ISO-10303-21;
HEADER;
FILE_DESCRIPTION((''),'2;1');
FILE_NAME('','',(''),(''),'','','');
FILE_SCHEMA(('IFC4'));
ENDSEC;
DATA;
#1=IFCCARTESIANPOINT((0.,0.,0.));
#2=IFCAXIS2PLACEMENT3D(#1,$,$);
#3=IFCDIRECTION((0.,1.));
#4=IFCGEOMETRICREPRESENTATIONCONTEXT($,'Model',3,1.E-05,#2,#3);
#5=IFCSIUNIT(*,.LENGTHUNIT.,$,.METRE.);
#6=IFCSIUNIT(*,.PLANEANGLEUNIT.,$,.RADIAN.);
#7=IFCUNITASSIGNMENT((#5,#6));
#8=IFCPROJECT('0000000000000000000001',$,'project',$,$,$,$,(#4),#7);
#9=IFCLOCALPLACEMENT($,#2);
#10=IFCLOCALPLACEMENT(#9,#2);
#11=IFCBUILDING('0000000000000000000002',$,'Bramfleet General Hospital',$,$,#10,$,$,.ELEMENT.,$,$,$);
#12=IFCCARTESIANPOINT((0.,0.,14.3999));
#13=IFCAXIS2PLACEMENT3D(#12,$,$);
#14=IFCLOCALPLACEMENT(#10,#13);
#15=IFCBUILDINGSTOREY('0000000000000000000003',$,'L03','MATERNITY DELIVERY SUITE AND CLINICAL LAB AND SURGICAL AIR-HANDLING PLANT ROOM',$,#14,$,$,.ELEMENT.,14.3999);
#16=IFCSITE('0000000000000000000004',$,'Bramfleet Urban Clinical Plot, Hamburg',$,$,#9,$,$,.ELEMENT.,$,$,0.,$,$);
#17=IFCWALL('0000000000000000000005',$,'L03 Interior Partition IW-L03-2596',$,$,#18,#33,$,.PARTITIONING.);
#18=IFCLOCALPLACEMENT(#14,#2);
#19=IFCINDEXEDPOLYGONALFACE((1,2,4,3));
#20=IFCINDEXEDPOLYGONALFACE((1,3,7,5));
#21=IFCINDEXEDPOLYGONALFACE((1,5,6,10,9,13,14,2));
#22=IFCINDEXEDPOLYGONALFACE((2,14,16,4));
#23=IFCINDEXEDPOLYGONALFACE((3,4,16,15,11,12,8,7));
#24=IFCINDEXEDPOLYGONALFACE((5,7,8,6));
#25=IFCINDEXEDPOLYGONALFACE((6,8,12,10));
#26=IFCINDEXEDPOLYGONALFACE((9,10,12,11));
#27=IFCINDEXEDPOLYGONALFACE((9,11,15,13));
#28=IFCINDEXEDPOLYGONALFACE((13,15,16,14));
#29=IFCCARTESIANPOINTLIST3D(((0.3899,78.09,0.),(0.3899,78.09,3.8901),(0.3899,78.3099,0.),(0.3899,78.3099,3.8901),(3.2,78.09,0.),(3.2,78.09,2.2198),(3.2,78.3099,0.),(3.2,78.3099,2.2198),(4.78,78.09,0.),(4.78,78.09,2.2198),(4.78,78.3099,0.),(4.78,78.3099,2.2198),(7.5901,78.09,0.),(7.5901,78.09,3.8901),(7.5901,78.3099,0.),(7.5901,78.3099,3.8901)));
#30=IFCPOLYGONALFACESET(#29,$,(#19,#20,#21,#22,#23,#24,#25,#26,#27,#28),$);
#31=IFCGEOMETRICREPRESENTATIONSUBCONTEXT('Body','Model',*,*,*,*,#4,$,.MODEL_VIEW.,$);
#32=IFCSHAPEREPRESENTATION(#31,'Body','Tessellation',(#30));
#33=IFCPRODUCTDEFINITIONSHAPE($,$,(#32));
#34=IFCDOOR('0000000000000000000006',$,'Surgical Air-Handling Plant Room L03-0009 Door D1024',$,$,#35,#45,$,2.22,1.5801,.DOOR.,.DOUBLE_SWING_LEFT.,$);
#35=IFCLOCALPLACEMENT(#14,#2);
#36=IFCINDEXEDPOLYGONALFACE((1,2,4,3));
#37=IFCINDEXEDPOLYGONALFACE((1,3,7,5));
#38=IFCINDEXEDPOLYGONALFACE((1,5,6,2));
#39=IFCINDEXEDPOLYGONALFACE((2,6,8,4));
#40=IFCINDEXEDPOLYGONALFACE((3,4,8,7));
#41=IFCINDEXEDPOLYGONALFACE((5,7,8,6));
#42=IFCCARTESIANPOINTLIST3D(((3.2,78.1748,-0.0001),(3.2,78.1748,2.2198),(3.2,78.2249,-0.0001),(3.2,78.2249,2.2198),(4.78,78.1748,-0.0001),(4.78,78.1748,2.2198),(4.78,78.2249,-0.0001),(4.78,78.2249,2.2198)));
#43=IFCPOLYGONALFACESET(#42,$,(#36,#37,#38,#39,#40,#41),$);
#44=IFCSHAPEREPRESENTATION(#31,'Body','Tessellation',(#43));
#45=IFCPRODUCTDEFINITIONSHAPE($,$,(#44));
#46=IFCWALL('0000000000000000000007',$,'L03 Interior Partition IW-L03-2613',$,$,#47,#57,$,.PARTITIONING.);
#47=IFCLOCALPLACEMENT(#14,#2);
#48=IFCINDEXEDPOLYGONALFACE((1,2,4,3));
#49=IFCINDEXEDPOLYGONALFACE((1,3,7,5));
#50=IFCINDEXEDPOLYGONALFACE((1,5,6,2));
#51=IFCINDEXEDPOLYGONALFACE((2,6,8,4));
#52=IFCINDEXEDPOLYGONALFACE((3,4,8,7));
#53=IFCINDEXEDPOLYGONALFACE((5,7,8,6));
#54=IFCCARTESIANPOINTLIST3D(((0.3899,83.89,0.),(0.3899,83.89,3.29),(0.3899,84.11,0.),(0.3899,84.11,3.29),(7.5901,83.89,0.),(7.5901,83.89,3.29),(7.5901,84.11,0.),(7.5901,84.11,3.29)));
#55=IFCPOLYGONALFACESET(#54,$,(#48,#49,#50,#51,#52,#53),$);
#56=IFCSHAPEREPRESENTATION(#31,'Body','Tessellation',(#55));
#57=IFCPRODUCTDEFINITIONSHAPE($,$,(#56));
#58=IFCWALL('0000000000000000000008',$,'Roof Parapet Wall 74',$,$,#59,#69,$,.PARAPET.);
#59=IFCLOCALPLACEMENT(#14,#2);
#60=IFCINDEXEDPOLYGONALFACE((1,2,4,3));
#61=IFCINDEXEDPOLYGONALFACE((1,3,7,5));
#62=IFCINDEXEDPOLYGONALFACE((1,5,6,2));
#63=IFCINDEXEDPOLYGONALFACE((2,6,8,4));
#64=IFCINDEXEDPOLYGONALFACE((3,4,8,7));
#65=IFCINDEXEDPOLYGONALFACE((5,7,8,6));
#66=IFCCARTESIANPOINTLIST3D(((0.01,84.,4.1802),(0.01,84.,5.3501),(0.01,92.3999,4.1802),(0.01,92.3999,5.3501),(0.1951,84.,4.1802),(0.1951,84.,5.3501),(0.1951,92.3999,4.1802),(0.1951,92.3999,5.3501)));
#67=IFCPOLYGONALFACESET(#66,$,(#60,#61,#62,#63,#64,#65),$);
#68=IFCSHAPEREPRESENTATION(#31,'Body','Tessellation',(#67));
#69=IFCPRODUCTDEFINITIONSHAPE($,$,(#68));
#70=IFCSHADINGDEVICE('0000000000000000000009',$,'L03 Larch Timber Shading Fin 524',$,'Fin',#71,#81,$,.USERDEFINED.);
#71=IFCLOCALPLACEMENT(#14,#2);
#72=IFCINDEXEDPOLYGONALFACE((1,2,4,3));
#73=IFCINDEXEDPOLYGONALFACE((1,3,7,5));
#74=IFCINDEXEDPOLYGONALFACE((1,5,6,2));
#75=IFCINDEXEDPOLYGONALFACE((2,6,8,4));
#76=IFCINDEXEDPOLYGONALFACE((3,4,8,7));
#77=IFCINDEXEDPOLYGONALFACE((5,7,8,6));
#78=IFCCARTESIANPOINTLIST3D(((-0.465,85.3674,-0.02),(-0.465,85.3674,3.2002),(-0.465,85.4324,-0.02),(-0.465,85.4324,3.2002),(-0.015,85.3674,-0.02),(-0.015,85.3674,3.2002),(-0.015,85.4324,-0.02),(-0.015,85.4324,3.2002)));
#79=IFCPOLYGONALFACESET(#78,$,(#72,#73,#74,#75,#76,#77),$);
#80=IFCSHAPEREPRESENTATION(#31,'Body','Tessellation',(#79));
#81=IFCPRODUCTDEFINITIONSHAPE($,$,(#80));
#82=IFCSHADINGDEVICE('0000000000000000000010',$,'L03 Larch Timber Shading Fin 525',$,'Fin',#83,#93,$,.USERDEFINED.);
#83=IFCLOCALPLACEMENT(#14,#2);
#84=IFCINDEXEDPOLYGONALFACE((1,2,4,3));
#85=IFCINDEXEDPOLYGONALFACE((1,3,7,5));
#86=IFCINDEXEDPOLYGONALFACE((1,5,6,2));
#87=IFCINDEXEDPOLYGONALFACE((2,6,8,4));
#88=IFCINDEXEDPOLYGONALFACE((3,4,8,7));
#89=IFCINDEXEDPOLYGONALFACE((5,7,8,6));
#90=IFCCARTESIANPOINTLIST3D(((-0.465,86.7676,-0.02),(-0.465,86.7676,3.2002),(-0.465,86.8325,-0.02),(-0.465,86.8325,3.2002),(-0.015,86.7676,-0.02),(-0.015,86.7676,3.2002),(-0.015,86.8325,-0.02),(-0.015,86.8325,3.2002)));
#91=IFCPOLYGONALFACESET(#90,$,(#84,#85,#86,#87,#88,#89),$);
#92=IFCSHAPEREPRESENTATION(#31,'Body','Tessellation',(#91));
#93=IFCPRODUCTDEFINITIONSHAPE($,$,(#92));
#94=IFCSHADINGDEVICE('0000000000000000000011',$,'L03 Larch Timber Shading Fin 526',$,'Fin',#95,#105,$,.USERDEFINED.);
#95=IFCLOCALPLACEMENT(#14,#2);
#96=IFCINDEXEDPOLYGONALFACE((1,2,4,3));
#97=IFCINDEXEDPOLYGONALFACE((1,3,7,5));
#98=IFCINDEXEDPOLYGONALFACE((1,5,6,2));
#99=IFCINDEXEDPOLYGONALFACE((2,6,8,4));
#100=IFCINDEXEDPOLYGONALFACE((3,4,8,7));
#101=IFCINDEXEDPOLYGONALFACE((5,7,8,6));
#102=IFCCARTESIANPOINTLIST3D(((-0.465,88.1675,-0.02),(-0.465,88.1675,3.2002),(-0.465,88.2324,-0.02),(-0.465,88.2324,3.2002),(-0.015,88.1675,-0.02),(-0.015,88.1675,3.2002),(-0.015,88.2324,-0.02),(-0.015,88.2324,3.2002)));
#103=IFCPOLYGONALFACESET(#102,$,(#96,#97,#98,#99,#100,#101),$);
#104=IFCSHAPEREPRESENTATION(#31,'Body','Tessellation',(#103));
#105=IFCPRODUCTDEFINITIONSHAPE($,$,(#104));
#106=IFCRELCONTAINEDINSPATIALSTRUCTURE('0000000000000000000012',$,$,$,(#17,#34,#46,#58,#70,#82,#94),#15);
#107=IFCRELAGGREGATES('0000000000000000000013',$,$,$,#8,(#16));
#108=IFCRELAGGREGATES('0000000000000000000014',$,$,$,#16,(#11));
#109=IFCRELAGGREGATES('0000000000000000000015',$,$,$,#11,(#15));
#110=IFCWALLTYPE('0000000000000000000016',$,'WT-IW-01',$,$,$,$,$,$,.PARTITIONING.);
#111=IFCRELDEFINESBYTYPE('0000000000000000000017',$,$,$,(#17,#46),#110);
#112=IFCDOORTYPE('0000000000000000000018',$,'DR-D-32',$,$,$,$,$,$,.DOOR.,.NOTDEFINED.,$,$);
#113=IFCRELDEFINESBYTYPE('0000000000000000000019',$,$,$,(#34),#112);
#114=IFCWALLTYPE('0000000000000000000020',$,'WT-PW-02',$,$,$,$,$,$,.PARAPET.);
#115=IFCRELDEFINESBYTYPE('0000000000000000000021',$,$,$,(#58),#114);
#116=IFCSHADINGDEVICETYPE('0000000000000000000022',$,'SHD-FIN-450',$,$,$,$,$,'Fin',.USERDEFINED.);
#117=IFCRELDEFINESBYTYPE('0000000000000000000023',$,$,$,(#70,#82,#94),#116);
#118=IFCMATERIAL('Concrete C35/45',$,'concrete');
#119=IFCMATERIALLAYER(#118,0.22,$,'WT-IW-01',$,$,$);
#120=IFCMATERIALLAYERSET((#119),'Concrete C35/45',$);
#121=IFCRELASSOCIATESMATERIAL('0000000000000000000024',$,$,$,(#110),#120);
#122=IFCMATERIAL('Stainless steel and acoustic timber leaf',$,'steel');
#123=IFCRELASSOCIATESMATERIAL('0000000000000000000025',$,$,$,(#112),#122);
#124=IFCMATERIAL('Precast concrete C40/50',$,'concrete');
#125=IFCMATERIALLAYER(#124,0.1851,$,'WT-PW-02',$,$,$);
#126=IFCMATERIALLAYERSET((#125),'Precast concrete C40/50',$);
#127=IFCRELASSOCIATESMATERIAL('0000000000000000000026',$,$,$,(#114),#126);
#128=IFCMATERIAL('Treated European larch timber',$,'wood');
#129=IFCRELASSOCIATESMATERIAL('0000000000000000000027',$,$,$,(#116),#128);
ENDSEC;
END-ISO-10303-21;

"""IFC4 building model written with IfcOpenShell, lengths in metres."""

from ifc_helpers import new_model, si_unit, direction, frame, frame_2d, origin, origin_2d, place, context, subcontext, project, spatial, rectangle, extrude, material, layer, layer_set, material_profile, profile_set, type_object, element, fill, save


model = new_model("IFC4")

# Units and contexts
model_context = context("Model", 3, precision=1e-05, world=origin(), true_north=direction((0.0, 1.0)))
body_context = subcontext(model_context, "Body", "Model", "MODEL_VIEW")
ifc_project = project(units=[si_unit("LENGTHUNIT", "METRE"), si_unit("PLANEANGLEUNIT", "RADIAN")], contexts=[model_context])

# Site, building, storey
site_placement = place(None, origin())
site = spatial("IfcSite", under=ifc_project, at=site_placement, Name="Bramfleet Urban Clinical Plot, Hamburg", CompositionType="ELEMENT", RefElevation=0.0)
building_placement = place(site_placement, origin())
building = spatial("IfcBuilding", under=site, at=building_placement, Name="Bramfleet General Hospital", CompositionType="ELEMENT")
storey_placement = place(building_placement, frame((0.0, 0.0, 14.3999)))
storey = spatial("IfcBuildingStorey", under=building, at=storey_placement, Name="L03", Description="MATERNITY DELIVERY SUITE AND CLINICAL LAB AND SURGICAL AIR-HANDLING PLANT ROOM", CompositionType="ELEMENT", Elevation=14.3999)

# Shared definitions
ifc_material_1 = material(Name="Concrete C35/45", Category="concrete")

# Wall, opening, door
ifc_layer_1 = layer(ifc_material_1, 0.22, Name="WT-IW-01")
ifc_layer_set_1 = layer_set([ifc_layer_1], Name="Concrete C35/45")
wall_type_1 = type_object("IfcWallType", Name="WT-IW-01", PredefinedType="PARTITIONING", material=ifc_layer_set_1)
wall_1_placement = place(storey_placement, frame((0.3899, 78.2, 0.0), z_axis=(0.0, 0.0, 1.0), x_axis=(1.0, 0.0, 0.0)))
wall_1 = element("IfcWall", 1, at=wall_1_placement, inside=storey, type_object=wall_type_1, Name="L03 Interior Partition IW-L03-2596", PredefinedType="PARTITIONING", context=body_context, shape_type="SweptSolid", body=[
    extrude(rectangle(XDim=7.2002, YDim=0.22, at=frame_2d((3.6001, 0.0))), origin(), (0.0, 0.0, 1.0), 3.8901),
])
opening_placement = place(wall_1_placement, frame((2.8101, 0.0, 0.0)))
opening = element("IfcOpeningElement", 2, at=opening_placement, cuts=wall_1, PredefinedType="OPENING", context=body_context, shape_type="SweptSolid", body=[
    extrude(rectangle(XDim=1.5801, YDim=2.22, at=frame_2d((0.79, 1.1099))), frame((0.0, 0.1199, 0.0), z_axis=(0.0, -1.0, 0.0), x_axis=(1.0, 0.0, 0.0)), (0.0, 0.0, 1.0), 0.24),
])
ifc_material_2 = material(Name="Stainless steel and acoustic timber leaf", Category="steel")
door_type = type_object("IfcDoorType", Name="DR-D-32", OperationType="NOTDEFINED", PredefinedType="DOOR", material=ifc_material_2)
door_placement = place(opening_placement, origin())
door = element("IfcDoor", 3, at=door_placement, inside=storey, type_object=door_type, Name="Surgical Air-Handling Plant Room L03-0009 Door D1024", OperationType="DOUBLE_SWING_LEFT", OverallHeight=2.22, OverallWidth=1.5801, PredefinedType="DOOR", context=body_context, shape_type="SweptSolid", body=[
    extrude(rectangle(XDim=1.5801, YDim=2.22, at=frame_2d((0.79, 1.1099))), frame((0.0, 0.0249, 0.0), z_axis=(0.0, -1.0, 0.0), x_axis=(1.0, 0.0, 0.0)), (0.0, 0.0, 1.0), 0.05),
])
fill(opening, door)

# Walls
wall_2_placement = place(storey_placement, frame((0.3899, 84.0, 0.0), z_axis=(0.0, 0.0, 1.0), x_axis=(1.0, 0.0, 0.0)))
element("IfcWall", 4, at=wall_2_placement, inside=storey, type_object=wall_type_1, Name="L03 Interior Partition IW-L03-2613", PredefinedType="PARTITIONING", context=body_context, shape_type="SweptSolid", body=[
    extrude(rectangle(XDim=7.2002, YDim=0.22, at=frame_2d((3.6001, 0.0))), origin(), (0.0, 0.0, 1.0), 3.29),
])
ifc_material_3 = material(Name="Precast concrete C40/50", Category="concrete")
ifc_layer_2 = layer(ifc_material_3, 0.1851, Name="WT-PW-02")
ifc_layer_set_2 = layer_set([ifc_layer_2], Name="Precast concrete C40/50")
wall_type_2 = type_object("IfcWallType", Name="WT-PW-02", PredefinedType="PARAPET", material=ifc_layer_set_2)
wall_3_placement = place(storey_placement, frame((0.1025, 84.0, 4.1802), z_axis=(0.0, 0.0, 1.0), x_axis=(0.0, 1.0, 0.0)))
element("IfcWall", 5, at=wall_3_placement, inside=storey, type_object=wall_type_2, Name="Roof Parapet Wall 74", PredefinedType="PARAPET", context=body_context, shape_type="SweptSolid", body=[
    extrude(rectangle(XDim=8.3999, YDim=0.1851, at=frame_2d((4.2, 0.0))), origin(), (0.0, 0.0, 1.0), 1.1699),
])

# Shading devices
ifc_material_4 = material(Name="Treated European larch timber", Category="wood")
ifc_material_profile_1 = material_profile(ifc_material_4, rectangle(XDim=0.0649, YDim=0.45, at=origin_2d()), Name="LARCH FIN 450x65")
ifc_profile_set_1 = profile_set([ifc_material_profile_1], Name="Treated European larch timber")
shading_device_type = type_object("IfcShadingDeviceType", Name="SHD-FIN-450", ElementType="Fin", PredefinedType="USERDEFINED", material=ifc_profile_set_1)
for number, where, z_axis, x_axis, name in (
    (6, (-0.24, 85.3999, -0.02), (0.0, 0.0, 1.0), (0.0, 1.0, 0.0), "L03 Larch Timber Shading Fin 524"),
    (7, (-0.24, 86.8, -0.02), (0.0, 0.0, 1.0), (0.0, 1.0, 0.0), "L03 Larch Timber Shading Fin 525"),
    (8, (-0.24, 88.2, -0.02), (0.0, 0.0, 1.0), (0.0, 1.0, 0.0), "L03 Larch Timber Shading Fin 526"),
):
    element("IfcShadingDevice", number, at=place(storey_placement, frame(where, z_axis=z_axis, x_axis=x_axis)), inside=storey, type_object=shading_device_type, Name=name, ObjectType="Fin", PredefinedType="USERDEFINED", context=body_context, shape_type="SweptSolid", body=[
        extrude(rectangle(XDim=0.0649, YDim=0.45, at=origin_2d()), origin(), (0.0, 0.0, 1.0), 3.2202),
    ])

save(model, "model.ifc")
